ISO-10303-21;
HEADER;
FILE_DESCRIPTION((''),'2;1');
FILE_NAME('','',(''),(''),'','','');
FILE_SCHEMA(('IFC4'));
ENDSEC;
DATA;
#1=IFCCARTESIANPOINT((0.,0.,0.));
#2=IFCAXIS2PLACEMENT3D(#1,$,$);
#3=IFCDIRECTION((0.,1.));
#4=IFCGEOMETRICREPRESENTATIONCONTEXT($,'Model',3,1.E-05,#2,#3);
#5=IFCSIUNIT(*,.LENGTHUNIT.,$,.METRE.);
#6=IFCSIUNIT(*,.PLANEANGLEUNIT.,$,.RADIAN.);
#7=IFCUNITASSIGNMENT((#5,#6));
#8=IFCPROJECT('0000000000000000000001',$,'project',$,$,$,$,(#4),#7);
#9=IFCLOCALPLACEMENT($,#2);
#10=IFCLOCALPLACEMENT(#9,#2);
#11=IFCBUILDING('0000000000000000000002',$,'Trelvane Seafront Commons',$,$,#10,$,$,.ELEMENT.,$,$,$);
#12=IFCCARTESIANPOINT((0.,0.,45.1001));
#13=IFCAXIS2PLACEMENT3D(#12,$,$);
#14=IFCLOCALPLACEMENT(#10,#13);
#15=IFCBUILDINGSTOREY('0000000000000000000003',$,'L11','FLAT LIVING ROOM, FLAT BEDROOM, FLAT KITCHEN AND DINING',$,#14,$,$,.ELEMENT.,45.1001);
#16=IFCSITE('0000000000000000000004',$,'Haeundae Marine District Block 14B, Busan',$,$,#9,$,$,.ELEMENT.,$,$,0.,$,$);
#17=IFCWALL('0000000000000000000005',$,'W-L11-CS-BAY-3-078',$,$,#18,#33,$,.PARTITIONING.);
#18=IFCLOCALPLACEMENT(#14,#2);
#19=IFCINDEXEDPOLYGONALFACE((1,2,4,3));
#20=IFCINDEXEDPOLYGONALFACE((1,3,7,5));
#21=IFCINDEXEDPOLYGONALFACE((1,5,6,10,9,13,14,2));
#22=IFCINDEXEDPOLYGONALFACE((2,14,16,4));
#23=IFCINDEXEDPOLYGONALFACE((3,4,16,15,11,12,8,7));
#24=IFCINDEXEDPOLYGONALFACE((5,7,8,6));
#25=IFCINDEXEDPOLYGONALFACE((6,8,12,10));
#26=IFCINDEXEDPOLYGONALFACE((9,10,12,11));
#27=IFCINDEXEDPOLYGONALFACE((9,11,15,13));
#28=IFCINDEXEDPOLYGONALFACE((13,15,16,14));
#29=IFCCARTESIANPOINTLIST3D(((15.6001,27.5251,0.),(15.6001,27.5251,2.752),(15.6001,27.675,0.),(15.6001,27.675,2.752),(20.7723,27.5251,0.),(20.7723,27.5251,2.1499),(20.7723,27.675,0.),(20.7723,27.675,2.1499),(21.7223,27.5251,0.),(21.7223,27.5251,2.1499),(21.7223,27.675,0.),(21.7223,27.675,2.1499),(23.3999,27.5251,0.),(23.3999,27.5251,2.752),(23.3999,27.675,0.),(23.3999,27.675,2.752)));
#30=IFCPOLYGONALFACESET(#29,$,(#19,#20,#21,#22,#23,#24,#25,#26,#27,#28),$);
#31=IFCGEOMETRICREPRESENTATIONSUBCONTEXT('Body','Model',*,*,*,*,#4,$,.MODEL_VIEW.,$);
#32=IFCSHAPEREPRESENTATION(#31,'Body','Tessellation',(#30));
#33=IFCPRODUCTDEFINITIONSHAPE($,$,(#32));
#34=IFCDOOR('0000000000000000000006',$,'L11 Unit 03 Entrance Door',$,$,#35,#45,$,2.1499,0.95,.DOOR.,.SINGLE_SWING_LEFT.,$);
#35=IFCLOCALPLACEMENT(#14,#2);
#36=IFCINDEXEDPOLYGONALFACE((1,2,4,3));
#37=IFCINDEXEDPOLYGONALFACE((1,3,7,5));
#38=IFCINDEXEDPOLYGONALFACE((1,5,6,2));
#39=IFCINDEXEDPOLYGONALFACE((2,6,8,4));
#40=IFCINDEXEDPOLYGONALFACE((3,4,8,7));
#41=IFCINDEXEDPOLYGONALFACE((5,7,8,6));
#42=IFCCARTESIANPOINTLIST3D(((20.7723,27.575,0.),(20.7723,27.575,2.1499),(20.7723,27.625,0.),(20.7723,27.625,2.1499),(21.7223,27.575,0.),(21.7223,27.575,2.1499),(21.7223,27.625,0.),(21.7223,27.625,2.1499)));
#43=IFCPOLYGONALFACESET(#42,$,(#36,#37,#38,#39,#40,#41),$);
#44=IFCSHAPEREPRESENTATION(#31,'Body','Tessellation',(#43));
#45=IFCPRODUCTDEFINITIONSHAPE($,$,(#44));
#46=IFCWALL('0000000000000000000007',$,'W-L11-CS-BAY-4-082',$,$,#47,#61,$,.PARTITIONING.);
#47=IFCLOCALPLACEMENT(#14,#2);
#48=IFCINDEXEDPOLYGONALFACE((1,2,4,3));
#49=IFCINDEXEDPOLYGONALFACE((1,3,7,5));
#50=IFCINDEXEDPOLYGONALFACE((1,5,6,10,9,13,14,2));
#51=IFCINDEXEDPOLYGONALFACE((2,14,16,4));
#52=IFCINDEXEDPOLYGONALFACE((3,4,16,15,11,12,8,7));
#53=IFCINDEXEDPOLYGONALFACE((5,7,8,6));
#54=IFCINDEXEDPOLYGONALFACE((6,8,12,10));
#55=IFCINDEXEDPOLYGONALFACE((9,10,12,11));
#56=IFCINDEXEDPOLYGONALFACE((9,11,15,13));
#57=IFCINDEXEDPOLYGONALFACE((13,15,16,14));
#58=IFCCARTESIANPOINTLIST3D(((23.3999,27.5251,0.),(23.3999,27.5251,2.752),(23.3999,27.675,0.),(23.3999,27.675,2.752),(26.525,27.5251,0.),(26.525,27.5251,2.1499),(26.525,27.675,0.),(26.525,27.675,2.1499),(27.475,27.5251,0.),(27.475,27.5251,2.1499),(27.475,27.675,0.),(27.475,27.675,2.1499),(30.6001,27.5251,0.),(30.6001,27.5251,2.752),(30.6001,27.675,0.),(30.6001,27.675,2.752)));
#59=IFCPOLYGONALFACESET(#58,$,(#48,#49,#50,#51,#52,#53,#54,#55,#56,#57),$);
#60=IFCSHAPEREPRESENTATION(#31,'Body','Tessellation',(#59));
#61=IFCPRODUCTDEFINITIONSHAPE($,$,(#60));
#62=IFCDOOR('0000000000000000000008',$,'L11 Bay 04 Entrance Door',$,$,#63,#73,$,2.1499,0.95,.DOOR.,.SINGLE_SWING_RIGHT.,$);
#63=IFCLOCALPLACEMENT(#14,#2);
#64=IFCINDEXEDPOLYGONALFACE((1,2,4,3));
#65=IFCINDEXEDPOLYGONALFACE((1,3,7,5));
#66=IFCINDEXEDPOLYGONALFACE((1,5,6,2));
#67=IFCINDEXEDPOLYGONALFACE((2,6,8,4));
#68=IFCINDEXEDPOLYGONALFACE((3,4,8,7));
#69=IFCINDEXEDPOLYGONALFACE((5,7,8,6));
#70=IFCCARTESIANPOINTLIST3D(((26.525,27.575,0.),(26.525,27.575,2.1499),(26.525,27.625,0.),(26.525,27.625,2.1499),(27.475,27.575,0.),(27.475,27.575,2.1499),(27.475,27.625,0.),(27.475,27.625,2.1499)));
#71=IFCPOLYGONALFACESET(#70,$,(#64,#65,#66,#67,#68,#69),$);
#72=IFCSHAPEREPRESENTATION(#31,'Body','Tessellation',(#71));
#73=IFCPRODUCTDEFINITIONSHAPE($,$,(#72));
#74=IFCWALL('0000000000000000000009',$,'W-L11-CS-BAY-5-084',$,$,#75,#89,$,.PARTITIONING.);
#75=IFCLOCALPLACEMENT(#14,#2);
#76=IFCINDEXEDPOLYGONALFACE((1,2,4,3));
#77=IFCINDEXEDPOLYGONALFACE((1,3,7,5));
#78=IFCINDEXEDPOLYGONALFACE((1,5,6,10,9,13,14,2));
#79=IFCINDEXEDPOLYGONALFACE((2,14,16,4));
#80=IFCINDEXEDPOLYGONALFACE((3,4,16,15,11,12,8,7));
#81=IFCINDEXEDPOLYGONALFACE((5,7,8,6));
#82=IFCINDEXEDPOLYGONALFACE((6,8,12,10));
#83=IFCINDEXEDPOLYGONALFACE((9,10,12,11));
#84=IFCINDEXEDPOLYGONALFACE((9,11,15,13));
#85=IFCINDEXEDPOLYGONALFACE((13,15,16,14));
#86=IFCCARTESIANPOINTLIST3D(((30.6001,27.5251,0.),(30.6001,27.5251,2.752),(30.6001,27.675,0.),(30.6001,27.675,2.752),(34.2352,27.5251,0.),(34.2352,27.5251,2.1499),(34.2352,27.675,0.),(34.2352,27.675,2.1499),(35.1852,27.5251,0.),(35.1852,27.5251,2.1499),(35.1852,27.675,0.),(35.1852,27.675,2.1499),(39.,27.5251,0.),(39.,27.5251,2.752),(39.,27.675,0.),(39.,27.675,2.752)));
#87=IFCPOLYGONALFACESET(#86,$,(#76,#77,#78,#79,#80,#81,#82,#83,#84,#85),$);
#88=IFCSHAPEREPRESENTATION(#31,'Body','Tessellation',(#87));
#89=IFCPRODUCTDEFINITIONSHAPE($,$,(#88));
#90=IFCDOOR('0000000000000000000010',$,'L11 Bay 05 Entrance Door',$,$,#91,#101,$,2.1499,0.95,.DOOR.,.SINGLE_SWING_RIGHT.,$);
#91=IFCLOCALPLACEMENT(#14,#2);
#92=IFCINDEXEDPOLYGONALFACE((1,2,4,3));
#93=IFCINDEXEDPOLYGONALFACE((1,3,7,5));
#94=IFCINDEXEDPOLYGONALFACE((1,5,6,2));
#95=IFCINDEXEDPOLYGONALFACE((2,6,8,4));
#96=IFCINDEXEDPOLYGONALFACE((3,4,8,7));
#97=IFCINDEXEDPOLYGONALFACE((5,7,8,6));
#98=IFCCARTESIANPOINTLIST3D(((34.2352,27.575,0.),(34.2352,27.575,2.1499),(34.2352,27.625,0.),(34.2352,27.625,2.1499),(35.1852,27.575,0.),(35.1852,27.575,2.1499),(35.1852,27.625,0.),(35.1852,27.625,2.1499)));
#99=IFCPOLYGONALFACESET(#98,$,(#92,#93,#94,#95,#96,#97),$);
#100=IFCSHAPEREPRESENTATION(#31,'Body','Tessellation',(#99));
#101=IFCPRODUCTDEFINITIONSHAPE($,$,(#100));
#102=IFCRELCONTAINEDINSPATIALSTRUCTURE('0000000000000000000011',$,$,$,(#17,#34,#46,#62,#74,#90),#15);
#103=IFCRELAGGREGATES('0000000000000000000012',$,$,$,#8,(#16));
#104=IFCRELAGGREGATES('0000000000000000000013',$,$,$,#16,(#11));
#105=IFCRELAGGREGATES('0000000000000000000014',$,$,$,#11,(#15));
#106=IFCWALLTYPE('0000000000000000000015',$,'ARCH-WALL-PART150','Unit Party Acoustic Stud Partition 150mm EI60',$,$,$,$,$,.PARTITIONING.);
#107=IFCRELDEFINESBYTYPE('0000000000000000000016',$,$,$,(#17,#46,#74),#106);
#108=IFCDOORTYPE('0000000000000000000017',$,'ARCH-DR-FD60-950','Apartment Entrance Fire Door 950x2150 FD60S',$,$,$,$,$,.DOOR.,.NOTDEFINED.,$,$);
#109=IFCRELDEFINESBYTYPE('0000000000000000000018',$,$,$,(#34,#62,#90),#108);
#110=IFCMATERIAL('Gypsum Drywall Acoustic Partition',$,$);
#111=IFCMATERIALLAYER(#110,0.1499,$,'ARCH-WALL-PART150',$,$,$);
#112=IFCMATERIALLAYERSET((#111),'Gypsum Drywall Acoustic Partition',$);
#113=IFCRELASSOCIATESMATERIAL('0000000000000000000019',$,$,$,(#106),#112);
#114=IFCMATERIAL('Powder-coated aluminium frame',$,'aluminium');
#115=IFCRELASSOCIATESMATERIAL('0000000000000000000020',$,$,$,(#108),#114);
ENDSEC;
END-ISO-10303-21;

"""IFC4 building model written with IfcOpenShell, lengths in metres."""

from ifc_helpers import new_model, si_unit, direction, frame, frame_2d, origin, place, context, subcontext, project, spatial, rectangle, extrude, source, transform, mapped, material, layer, layer_set, type_object, element, fill, save


model = new_model("IFC4")

# Units and contexts
model_context = context("Model", 3, precision=1e-05, world=origin(), true_north=direction((0.0, 1.0)))
body_context = subcontext(model_context, "Body", "Model", "MODEL_VIEW")
ifc_project = project(units=[si_unit("LENGTHUNIT", "METRE"), si_unit("PLANEANGLEUNIT", "RADIAN")], contexts=[model_context])

# Site, building, storey
site_placement = place(None, origin())
site = spatial("IfcSite", under=ifc_project, at=site_placement, Name="Haeundae Marine District Block 14B, Busan", CompositionType="ELEMENT", RefElevation=0.0)
building_placement = place(site_placement, origin())
building = spatial("IfcBuilding", under=site, at=building_placement, Name="Trelvane Seafront Commons", CompositionType="ELEMENT")
storey_placement = place(building_placement, frame((0.0, 0.0, 45.1001)))
storey = spatial("IfcBuildingStorey", under=building, at=storey_placement, Name="L11", Description="FLAT LIVING ROOM, FLAT BEDROOM, FLAT KITCHEN AND DINING", CompositionType="ELEMENT", Elevation=45.1001)

# Shared definitions
ifc_material_1 = material(Name="Gypsum Drywall Acoustic Partition")
shared_shape_1 = source(origin(), body_context, "Body", "SweptSolid", [
    extrude(rectangle(XDim=0.95, YDim=2.1499, at=frame_2d((0.4751, 1.075))), frame((0.0, 0.0249, 0.0), z_axis=(0.0, -1.0, 0.0), x_axis=(1.0, 0.0, 0.0)), (0.0, 0.0, 1.0), 0.05),
])

# Walls, openings, doors
ifc_layer_1 = layer(ifc_material_1, 0.1499, Name="ARCH-WALL-PART150")
ifc_layer_set_1 = layer_set([ifc_layer_1], Name="Gypsum Drywall Acoustic Partition")
wall_type_1 = type_object("IfcWallType", Name="ARCH-WALL-PART150", Description="Unit Party Acoustic Stud Partition 150mm EI60", PredefinedType="PARTITIONING", material=ifc_layer_set_1)
wall_1_placement = place(storey_placement, frame((15.6001, 27.6001, 0.0), z_axis=(0.0, 0.0, 1.0), x_axis=(1.0, 0.0, 0.0)))
wall_1 = element("IfcWall", 1, at=wall_1_placement, inside=storey, type_object=wall_type_1, Name="W-L11-CS-BAY-3-078", PredefinedType="PARTITIONING", context=body_context, shape_type="SweptSolid", body=[
    extrude(rectangle(XDim=7.7998, YDim=0.1499, at=frame_2d((3.8999, 0.0))), origin(), (0.0, 0.0, 1.0), 2.752),
])
opening_1_placement = place(wall_1_placement, frame((5.1721, 0.0, 0.0)))
opening_1 = element("IfcOpeningElement", 2, at=opening_1_placement, cuts=wall_1, PredefinedType="OPENING", context=body_context, shape_type="SweptSolid", body=[
    extrude(rectangle(XDim=0.95, YDim=2.1499, at=frame_2d((0.4751, 1.075))), frame((0.0, 0.085, 0.0), z_axis=(0.0, -1.0, 0.0), x_axis=(1.0, 0.0, 0.0)), (0.0, 0.0, 1.0), 0.1699),
])
ifc_material_2 = material(Name="Powder-coated aluminium frame", Category="aluminium")
door_type_1 = type_object("IfcDoorType", Name="ARCH-DR-FD60-950", Description="Apartment Entrance Fire Door 950x2150 FD60S", OperationType="NOTDEFINED", PredefinedType="DOOR", material=ifc_material_2)
door_1_placement = place(opening_1_placement, origin())
door_1 = element("IfcDoor", 3, at=door_1_placement, inside=storey, type_object=door_type_1, Name="L11 Unit 03 Entrance Door", OperationType="SINGLE_SWING_LEFT", OverallHeight=2.1499, OverallWidth=0.95, PredefinedType="DOOR", context=body_context, shape_type="MappedRepresentation", body=[
    mapped(shared_shape_1, transform((0.0, 0.0, 0.0), x_axis=(1.0, 0.0, 0.0), y_axis=(0.0, 1.0, 0.0), z_axis=(0.0, 0.0, 1.0), scale=1.0)),
])
fill(opening_1, door_1)
wall_2_placement = place(storey_placement, frame((23.3999, 27.6001, 0.0), z_axis=(0.0, 0.0, 1.0), x_axis=(1.0, 0.0, 0.0)))
wall_2 = element("IfcWall", 4, at=wall_2_placement, inside=storey, type_object=wall_type_1, Name="W-L11-CS-BAY-4-082", PredefinedType="PARTITIONING", context=body_context, shape_type="SweptSolid", body=[
    extrude(rectangle(XDim=7.2002, YDim=0.1499, at=frame_2d((3.6001, 0.0))), origin(), (0.0, 0.0, 1.0), 2.752),
])
opening_2_placement = place(wall_2_placement, frame((3.125, 0.0, 0.0)))
opening_2 = element("IfcOpeningElement", 5, at=opening_2_placement, cuts=wall_2, PredefinedType="OPENING", context=body_context, shape_type="SweptSolid", body=[
    extrude(rectangle(XDim=0.95, YDim=2.1499, at=frame_2d((0.4751, 1.075))), frame((0.0, 0.085, 0.0), z_axis=(0.0, -1.0, 0.0), x_axis=(1.0, 0.0, 0.0)), (0.0, 0.0, 1.0), 0.1699),
])
door_2_placement = place(opening_2_placement, origin())
door_2 = element("IfcDoor", 6, at=door_2_placement, inside=storey, type_object=door_type_1, Name="L11 Bay 04 Entrance Door", OperationType="SINGLE_SWING_RIGHT", OverallHeight=2.1499, OverallWidth=0.95, PredefinedType="DOOR", context=body_context, shape_type="MappedRepresentation", body=[
    mapped(shared_shape_1, transform((0.0, 0.0, 0.0), x_axis=(1.0, 0.0, 0.0), y_axis=(0.0, 1.0, 0.0), z_axis=(0.0, 0.0, 1.0), scale=1.0)),
])
fill(opening_2, door_2)
wall_3_placement = place(storey_placement, frame((30.6001, 27.6001, 0.0), z_axis=(0.0, 0.0, 1.0), x_axis=(1.0, 0.0, 0.0)))
wall_3 = element("IfcWall", 7, at=wall_3_placement, inside=storey, type_object=wall_type_1, Name="W-L11-CS-BAY-5-084", PredefinedType="PARTITIONING", context=body_context, shape_type="SweptSolid", body=[
    extrude(rectangle(XDim=8.3999, YDim=0.1499, at=frame_2d((4.2, 0.0))), origin(), (0.0, 0.0, 1.0), 2.752),
])
opening_3_placement = place(wall_3_placement, frame((3.635, 0.0, 0.0)))
opening_3 = element("IfcOpeningElement", 8, at=opening_3_placement, cuts=wall_3, PredefinedType="OPENING", context=body_context, shape_type="SweptSolid", body=[
    extrude(rectangle(XDim=0.95, YDim=2.1499, at=frame_2d((0.4751, 1.075))), frame((0.0, 0.085, 0.0), z_axis=(0.0, -1.0, 0.0), x_axis=(1.0, 0.0, 0.0)), (0.0, 0.0, 1.0), 0.1699),
])
door_3_placement = place(opening_3_placement, origin())
door_3 = element("IfcDoor", 9, at=door_3_placement, inside=storey, type_object=door_type_1, Name="L11 Bay 05 Entrance Door", OperationType="SINGLE_SWING_RIGHT", OverallHeight=2.1499, OverallWidth=0.95, PredefinedType="DOOR", context=body_context, shape_type="MappedRepresentation", body=[
    mapped(shared_shape_1, transform((0.0, 0.0, 0.0), x_axis=(1.0, 0.0, 0.0), y_axis=(0.0, 1.0, 0.0), z_axis=(0.0, 0.0, 1.0), scale=1.0)),
])
fill(opening_3, door_3)

save(model, "model.ifc")
